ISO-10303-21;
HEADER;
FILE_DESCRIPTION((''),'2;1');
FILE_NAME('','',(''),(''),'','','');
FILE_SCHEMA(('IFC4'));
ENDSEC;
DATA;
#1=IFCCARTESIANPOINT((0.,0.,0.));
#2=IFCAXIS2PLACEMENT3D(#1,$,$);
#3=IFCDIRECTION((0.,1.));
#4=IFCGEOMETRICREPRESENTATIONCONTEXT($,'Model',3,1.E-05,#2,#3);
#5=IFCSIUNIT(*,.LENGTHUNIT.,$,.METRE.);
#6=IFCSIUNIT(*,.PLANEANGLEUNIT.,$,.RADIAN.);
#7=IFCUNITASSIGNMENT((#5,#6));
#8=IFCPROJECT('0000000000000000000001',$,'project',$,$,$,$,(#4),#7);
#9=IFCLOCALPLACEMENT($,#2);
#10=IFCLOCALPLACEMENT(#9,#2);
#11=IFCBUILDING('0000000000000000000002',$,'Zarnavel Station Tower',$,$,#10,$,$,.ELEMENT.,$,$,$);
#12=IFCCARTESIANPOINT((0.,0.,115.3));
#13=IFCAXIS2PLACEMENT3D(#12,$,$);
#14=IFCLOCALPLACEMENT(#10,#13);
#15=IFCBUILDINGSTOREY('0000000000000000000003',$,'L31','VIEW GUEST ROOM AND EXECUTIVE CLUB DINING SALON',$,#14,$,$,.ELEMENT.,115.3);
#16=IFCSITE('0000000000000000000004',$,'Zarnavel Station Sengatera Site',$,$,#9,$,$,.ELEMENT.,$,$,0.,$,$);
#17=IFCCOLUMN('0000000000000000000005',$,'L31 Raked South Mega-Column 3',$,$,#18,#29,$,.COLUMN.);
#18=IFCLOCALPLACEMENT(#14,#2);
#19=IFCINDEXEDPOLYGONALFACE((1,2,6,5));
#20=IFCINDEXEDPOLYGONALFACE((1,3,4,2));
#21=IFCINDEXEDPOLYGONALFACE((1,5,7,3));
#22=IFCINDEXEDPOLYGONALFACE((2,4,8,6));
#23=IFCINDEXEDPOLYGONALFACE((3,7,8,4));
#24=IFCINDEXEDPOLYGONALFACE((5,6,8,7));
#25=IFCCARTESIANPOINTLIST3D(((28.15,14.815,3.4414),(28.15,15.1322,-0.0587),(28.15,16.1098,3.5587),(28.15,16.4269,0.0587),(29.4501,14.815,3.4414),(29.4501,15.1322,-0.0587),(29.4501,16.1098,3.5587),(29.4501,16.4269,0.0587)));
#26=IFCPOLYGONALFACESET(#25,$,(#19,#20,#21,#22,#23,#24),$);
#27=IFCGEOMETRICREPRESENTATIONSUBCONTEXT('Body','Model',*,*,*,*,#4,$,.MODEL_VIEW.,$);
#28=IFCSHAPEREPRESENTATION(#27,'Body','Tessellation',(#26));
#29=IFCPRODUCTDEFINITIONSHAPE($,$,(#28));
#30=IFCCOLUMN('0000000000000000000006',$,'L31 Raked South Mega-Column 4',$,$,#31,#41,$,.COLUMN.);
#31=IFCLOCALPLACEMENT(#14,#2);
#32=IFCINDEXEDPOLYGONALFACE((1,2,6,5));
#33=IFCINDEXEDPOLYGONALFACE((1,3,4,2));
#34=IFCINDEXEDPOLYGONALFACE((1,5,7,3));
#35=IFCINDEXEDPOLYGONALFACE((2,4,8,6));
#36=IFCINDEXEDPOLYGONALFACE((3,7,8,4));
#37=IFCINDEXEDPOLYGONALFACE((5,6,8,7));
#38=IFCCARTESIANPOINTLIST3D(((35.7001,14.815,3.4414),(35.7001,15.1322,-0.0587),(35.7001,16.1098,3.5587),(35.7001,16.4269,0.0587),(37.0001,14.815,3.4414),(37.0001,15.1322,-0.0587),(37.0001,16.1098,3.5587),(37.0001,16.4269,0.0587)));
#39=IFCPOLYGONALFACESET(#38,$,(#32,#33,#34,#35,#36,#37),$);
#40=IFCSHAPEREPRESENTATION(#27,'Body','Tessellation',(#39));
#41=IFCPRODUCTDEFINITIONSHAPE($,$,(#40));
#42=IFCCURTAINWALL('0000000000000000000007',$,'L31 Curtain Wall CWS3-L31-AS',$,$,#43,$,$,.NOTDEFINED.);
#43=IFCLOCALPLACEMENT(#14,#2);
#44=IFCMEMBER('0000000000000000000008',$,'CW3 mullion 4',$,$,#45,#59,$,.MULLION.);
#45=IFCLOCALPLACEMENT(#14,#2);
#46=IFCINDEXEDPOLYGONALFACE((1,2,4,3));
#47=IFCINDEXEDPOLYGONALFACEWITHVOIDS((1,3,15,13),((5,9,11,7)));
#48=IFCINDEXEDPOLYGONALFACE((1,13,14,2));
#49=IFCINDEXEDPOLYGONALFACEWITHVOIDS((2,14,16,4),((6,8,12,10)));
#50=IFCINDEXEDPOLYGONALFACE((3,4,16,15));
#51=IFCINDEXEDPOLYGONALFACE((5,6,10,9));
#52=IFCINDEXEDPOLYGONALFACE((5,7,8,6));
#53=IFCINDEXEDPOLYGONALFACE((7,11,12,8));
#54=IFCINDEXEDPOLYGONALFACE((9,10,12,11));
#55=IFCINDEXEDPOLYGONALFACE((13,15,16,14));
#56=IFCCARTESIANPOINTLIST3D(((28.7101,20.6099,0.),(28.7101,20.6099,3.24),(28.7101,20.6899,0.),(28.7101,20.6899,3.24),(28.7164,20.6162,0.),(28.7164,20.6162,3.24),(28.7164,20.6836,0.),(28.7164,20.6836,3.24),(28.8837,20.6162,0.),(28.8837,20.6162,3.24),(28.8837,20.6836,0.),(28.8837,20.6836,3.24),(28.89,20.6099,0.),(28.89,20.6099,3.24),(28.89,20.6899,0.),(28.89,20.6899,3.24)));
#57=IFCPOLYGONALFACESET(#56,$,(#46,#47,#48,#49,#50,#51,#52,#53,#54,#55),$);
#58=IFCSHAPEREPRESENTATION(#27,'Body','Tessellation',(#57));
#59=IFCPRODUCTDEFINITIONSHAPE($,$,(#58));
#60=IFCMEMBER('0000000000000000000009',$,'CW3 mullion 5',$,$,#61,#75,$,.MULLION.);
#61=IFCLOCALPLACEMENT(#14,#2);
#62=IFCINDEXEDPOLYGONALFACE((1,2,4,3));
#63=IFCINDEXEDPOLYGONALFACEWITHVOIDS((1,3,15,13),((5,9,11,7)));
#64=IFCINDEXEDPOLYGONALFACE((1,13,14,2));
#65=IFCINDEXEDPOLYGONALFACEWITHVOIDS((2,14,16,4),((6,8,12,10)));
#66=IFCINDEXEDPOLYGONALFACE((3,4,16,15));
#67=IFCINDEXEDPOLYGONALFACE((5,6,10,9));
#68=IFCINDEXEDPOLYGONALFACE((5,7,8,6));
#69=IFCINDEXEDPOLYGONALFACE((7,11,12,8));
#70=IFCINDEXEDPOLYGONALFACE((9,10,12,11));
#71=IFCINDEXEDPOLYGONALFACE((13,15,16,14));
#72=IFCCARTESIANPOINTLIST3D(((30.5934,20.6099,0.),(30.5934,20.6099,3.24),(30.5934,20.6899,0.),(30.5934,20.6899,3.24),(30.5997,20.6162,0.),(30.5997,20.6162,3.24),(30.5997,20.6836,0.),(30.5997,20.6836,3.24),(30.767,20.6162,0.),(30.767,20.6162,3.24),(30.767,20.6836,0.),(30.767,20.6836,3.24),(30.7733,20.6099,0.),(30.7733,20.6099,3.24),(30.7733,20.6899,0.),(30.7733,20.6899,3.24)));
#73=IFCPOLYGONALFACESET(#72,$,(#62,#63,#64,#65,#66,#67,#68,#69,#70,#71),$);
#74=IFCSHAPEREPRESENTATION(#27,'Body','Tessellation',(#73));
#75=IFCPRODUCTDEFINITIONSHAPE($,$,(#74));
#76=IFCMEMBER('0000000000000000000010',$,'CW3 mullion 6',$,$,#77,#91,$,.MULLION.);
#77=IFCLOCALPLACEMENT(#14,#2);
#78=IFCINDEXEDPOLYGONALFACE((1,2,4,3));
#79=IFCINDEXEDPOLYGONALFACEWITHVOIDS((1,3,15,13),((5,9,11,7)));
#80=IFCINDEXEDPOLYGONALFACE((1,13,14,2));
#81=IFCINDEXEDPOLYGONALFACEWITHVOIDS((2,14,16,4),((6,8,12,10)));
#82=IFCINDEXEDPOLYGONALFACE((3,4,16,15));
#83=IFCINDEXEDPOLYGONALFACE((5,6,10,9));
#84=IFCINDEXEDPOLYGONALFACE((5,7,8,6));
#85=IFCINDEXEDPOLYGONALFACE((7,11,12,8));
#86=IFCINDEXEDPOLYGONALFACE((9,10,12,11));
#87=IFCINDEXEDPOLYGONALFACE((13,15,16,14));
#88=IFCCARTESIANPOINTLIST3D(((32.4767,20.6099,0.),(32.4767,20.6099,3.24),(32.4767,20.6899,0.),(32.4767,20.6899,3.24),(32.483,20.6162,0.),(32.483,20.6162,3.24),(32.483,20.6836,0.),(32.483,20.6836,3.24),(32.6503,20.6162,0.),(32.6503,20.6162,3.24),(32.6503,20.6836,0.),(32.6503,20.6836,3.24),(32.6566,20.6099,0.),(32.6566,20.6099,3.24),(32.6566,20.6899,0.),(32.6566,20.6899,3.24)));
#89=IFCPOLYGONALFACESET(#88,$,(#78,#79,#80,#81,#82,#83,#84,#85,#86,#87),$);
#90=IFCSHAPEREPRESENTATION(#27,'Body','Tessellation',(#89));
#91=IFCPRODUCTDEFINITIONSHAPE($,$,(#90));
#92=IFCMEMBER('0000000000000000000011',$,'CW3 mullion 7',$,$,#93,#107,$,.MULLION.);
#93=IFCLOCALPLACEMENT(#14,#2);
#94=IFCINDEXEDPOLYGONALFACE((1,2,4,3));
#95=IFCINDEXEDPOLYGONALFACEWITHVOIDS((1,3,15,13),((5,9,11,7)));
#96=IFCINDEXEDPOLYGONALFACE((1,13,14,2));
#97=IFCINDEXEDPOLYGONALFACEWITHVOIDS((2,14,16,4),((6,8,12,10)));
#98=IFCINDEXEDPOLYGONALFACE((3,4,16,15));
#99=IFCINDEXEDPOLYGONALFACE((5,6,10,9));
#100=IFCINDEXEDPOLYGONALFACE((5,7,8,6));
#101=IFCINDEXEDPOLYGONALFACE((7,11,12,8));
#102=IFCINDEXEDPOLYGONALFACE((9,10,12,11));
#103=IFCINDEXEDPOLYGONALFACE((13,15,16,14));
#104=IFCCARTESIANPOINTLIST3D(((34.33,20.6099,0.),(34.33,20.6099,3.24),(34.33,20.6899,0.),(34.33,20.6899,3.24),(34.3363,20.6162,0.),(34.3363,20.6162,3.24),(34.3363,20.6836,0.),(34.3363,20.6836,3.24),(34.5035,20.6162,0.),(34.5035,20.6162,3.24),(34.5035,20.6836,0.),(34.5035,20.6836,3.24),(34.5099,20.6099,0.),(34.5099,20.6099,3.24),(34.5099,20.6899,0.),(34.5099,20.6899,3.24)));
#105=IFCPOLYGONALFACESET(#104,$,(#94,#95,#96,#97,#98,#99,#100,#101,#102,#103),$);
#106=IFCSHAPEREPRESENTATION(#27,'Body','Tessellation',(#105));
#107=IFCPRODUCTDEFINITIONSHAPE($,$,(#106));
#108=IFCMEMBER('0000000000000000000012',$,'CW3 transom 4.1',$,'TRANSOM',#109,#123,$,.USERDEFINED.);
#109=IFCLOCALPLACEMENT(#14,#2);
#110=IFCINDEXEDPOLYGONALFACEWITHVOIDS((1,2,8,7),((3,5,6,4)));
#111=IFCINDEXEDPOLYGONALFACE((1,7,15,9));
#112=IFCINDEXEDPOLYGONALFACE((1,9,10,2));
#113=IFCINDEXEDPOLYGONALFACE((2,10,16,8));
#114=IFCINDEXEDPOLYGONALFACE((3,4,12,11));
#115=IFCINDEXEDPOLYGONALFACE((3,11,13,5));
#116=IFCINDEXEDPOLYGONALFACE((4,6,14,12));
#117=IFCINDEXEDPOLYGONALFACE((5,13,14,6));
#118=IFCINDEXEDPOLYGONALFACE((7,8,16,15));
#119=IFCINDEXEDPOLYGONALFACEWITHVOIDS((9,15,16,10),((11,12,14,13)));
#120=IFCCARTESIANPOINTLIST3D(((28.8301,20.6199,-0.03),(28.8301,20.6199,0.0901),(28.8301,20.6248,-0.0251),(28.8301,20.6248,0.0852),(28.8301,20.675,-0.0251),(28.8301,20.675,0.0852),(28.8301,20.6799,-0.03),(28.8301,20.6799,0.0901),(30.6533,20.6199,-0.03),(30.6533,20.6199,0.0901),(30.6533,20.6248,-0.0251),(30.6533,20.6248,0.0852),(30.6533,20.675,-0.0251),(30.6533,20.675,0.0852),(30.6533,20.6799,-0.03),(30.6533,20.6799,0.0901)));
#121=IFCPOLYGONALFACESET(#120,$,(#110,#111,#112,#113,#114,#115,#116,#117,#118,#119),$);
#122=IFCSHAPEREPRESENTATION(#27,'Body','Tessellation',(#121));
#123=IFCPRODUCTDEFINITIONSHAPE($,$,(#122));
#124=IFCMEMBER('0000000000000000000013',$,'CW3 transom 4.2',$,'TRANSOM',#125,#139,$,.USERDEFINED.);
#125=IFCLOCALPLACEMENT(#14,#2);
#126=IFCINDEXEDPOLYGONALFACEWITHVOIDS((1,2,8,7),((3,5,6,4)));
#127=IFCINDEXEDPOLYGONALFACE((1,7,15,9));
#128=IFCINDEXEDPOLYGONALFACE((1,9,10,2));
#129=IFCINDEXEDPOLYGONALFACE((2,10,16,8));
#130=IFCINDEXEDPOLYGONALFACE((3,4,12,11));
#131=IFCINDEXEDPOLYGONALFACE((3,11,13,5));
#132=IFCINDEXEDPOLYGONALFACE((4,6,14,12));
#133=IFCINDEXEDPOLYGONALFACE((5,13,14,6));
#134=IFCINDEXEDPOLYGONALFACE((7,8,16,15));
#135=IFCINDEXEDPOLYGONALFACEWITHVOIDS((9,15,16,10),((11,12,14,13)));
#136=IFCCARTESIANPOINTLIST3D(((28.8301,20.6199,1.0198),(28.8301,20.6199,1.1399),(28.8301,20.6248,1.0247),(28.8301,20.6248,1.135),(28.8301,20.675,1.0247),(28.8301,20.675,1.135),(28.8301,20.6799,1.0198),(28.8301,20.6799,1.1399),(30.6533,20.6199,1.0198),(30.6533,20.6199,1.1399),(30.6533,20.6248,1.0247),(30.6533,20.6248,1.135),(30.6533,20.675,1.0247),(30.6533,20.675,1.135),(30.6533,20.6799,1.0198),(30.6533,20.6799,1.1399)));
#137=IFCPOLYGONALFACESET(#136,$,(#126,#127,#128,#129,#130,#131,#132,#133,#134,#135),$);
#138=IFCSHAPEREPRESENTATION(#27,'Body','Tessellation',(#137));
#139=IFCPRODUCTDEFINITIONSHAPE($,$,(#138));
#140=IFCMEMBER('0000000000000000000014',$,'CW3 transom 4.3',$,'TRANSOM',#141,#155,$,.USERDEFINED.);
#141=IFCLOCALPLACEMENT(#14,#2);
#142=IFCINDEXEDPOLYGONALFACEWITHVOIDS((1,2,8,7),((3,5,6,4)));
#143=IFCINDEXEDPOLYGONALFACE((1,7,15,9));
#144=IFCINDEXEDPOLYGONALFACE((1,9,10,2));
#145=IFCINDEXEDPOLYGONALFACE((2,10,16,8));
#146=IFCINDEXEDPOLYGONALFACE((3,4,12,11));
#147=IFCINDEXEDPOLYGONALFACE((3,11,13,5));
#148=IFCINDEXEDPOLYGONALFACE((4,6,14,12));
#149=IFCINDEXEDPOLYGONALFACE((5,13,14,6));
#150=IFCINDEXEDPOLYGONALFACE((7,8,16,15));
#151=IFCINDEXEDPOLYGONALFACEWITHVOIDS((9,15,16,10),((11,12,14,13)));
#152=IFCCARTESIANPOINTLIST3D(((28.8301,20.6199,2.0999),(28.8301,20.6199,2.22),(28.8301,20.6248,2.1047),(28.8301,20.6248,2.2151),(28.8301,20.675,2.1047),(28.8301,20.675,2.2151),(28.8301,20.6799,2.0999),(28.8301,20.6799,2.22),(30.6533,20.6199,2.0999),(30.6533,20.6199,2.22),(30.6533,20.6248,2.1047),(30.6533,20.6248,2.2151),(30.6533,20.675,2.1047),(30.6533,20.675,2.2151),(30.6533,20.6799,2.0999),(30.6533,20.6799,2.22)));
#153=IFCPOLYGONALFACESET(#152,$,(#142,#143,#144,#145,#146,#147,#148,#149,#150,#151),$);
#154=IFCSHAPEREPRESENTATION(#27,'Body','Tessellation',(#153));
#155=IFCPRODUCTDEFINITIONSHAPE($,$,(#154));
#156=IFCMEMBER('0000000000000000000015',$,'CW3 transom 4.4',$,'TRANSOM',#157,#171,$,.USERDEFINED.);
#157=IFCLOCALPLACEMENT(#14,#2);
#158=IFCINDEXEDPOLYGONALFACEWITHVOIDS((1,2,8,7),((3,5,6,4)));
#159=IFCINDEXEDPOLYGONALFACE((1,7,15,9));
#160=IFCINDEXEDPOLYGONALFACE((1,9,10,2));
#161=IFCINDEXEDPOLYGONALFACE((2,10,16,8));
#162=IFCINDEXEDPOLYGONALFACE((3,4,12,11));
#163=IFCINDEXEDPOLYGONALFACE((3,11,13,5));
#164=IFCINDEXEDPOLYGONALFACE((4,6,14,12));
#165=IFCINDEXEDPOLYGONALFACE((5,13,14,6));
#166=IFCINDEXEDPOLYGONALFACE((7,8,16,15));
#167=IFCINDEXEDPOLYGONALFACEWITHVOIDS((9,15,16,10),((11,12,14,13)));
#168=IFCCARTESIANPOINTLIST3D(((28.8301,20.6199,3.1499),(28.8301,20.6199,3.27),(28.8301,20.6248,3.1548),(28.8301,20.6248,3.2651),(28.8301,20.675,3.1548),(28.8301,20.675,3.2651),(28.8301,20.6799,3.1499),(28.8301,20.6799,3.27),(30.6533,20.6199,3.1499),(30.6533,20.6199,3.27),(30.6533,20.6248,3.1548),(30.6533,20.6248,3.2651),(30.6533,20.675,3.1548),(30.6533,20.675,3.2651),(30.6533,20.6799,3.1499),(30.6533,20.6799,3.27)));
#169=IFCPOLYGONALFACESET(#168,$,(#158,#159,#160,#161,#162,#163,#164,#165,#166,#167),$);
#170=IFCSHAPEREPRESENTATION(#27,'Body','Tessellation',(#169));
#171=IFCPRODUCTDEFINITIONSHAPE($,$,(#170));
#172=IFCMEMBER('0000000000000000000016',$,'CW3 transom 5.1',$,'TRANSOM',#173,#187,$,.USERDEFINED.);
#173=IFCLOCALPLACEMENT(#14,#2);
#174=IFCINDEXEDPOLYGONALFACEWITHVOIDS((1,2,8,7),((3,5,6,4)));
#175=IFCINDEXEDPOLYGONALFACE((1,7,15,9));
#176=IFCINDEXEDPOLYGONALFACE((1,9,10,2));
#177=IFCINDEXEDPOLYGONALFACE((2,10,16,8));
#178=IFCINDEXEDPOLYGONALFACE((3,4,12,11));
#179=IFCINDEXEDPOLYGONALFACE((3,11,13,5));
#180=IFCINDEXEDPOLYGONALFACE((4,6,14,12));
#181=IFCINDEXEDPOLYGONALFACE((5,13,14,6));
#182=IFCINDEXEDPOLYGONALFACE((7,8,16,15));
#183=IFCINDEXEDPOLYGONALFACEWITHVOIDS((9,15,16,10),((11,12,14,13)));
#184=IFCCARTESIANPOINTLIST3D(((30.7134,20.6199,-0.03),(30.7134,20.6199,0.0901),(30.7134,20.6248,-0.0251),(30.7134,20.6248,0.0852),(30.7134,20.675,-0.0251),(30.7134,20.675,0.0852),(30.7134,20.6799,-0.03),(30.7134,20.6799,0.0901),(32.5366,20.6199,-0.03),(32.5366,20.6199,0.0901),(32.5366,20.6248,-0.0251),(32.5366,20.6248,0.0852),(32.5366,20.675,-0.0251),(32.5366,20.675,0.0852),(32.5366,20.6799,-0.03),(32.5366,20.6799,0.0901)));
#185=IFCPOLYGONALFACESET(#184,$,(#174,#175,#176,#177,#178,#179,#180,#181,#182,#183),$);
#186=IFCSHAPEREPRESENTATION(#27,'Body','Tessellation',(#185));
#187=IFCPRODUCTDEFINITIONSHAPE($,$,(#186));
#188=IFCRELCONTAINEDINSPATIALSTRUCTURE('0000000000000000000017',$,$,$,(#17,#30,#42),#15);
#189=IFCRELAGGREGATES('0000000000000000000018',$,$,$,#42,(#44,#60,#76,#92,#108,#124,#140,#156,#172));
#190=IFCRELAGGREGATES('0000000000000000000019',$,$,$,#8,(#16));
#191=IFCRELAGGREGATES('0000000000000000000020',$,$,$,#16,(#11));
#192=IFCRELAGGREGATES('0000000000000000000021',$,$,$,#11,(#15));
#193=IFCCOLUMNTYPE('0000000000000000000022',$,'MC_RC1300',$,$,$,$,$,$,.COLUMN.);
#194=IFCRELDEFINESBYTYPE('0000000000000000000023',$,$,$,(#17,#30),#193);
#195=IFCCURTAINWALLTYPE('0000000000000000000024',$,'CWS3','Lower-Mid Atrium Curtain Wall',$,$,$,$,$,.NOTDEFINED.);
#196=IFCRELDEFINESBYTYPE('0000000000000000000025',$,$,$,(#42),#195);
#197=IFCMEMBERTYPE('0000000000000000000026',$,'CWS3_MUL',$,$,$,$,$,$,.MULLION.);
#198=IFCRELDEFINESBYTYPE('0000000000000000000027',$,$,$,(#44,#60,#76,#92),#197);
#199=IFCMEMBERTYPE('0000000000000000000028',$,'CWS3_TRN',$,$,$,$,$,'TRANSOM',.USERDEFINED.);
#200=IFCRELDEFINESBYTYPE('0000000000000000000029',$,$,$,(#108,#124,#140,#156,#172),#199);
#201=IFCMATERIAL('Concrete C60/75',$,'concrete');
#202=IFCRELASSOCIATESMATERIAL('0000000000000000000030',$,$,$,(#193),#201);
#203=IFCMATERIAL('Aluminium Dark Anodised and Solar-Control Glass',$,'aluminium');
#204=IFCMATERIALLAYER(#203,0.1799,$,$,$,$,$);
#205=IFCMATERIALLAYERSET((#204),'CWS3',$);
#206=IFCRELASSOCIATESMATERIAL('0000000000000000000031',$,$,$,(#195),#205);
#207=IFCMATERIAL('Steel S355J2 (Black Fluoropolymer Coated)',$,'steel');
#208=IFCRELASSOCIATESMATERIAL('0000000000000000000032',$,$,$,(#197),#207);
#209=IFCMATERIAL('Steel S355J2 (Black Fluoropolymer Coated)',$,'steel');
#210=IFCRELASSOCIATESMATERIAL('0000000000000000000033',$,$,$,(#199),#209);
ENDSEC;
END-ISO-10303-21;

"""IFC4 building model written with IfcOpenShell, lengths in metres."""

from ifc_helpers import new_model, si_unit, direction, frame, origin, origin_2d, place, context, subcontext, project, spatial, rectangle, hollow_rectangle, extrude, material, layer, layer_set, material_profile, profile_set, type_object, element, aggregate, save


model = new_model("IFC4")

# Units and contexts
model_context = context("Model", 3, precision=1e-05, world=origin(), true_north=direction((0.0, 1.0)))
body_context = subcontext(model_context, "Body", "Model", "MODEL_VIEW")
ifc_project = project(units=[si_unit("LENGTHUNIT", "METRE"), si_unit("PLANEANGLEUNIT", "RADIAN")], contexts=[model_context])

# Site, building, storey
site_placement = place(None, origin())
site = spatial("IfcSite", under=ifc_project, at=site_placement, Name="Zarnavel Station Sengatera Site", CompositionType="ELEMENT", RefElevation=0.0)
building_placement = place(site_placement, origin())
building = spatial("IfcBuilding", under=site, at=building_placement, Name="Zarnavel Station Tower", CompositionType="ELEMENT")
storey_placement = place(building_placement, frame((0.0, 0.0, 115.3)))
storey = spatial("IfcBuildingStorey", under=building, at=storey_placement, Name="L31", Description="VIEW GUEST ROOM AND EXECUTIVE CLUB DINING SALON", CompositionType="ELEMENT", Elevation=115.3)

# Columns
ifc_material_1 = material(Name="Concrete C60/75", Category="concrete")
ifc_material_profile_1 = material_profile(ifc_material_1, rectangle(XDim=1.3, YDim=1.3, at=origin_2d()), Name="RC1300x1300")
ifc_profile_set_1 = profile_set([ifc_material_profile_1], Name="Concrete C60/75")
column_type = type_object("IfcColumnType", Name="MC_RC1300", PredefinedType="COLUMN", material=ifc_profile_set_1)
for number, where, z_axis, x_axis, name in (
    (1, (28.8, 15.7795, 0.0), (0.0, -0.090241, 0.99592), (1.0, 0.0, 0.0), "L31 Raked South Mega-Column 3"),
    (2, (36.3501, 15.7795, 0.0), (0.0, -0.090241, 0.99592), (1.0, 0.0, 0.0), "L31 Raked South Mega-Column 4"),
):
    element("IfcColumn", number, at=place(storey_placement, frame(where, z_axis=z_axis, x_axis=x_axis)), inside=storey, type_object=column_type, Name=name, PredefinedType="COLUMN", context=body_context, shape_type="SweptSolid", body=[
        extrude(rectangle(XDim=1.3, YDim=1.3, at=origin_2d()), origin(), (0.0, 0.0, 1.0), 3.5144),
    ])

# Curtain wall, members
ifc_material_2 = material(Name="Aluminium Dark Anodised and Solar-Control Glass", Category="aluminium")
ifc_layer_1 = layer(ifc_material_2, 0.1799)
ifc_layer_set_1 = layer_set([ifc_layer_1], Name="CWS3")
curtain_wall_type = type_object("IfcCurtainWallType", Name="CWS3", Description="Lower-Mid Atrium Curtain Wall", PredefinedType="NOTDEFINED", material=ifc_layer_set_1)
curtain_wall_placement = place(storey_placement, origin())
curtain_wall = element("IfcCurtainWall", 3, at=curtain_wall_placement, inside=storey, type_object=curtain_wall_type, Name="L31 Curtain Wall CWS3-L31-AS", PredefinedType="NOTDEFINED")
ifc_material_3 = material(Name="Steel S355J2 (Black Fluoropolymer Coated)", Category="steel")
ifc_material_profile_2 = material_profile(ifc_material_3, hollow_rectangle(XDim=0.0801, YDim=0.1799, WallThickness=0.0063, at=origin_2d()), Name="RHS180x80x6.3")
ifc_profile_set_2 = profile_set([ifc_material_profile_2], Name="Steel S355J2 (Black Fluoropolymer Coated)")
member_type_1 = type_object("IfcMemberType", Name="CWS3_MUL", PredefinedType="MULLION", material=ifc_profile_set_2)
member_1_placement = place(storey_placement, frame((28.8, 20.6499, 0.0), z_axis=(0.0, 0.0, 1.0), x_axis=(0.0, 1.0, 0.0)))
member_1 = element("IfcMember", 4, at=member_1_placement, type_object=member_type_1, Name="CW3 mullion 4", PredefinedType="MULLION", context=body_context, shape_type="SweptSolid", body=[
    extrude(hollow_rectangle(XDim=0.0801, YDim=0.1799, WallThickness=0.0063, at=origin_2d()), origin(), (0.0, 0.0, 1.0), 3.24),
])
member_2_placement = place(storey_placement, frame((30.6833, 20.6499, 0.0), z_axis=(0.0, 0.0, 1.0), x_axis=(0.0, 1.0, 0.0)))
member_2 = element("IfcMember", 5, at=member_2_placement, type_object=member_type_1, Name="CW3 mullion 5", PredefinedType="MULLION", context=body_context, shape_type="SweptSolid", body=[
    extrude(hollow_rectangle(XDim=0.0801, YDim=0.1799, WallThickness=0.0063, at=origin_2d()), origin(), (0.0, 0.0, 1.0), 3.24),
])
member_3_placement = place(storey_placement, frame((32.5667, 20.6499, 0.0), z_axis=(0.0, 0.0, 1.0), x_axis=(0.0, 1.0, 0.0)))
member_3 = element("IfcMember", 6, at=member_3_placement, type_object=member_type_1, Name="CW3 mullion 6", PredefinedType="MULLION", context=body_context, shape_type="SweptSolid", body=[
    extrude(hollow_rectangle(XDim=0.0801, YDim=0.1799, WallThickness=0.0063, at=origin_2d()), origin(), (0.0, 0.0, 1.0), 3.24),
])
member_4_placement = place(storey_placement, frame((34.4199, 20.6499, 0.0), z_axis=(0.0, 0.0, 1.0), x_axis=(0.0, 1.0, 0.0)))
member_4 = element("IfcMember", 7, at=member_4_placement, type_object=member_type_1, Name="CW3 mullion 7", PredefinedType="MULLION", context=body_context, shape_type="SweptSolid", body=[
    extrude(hollow_rectangle(XDim=0.0801, YDim=0.1799, WallThickness=0.0063, at=origin_2d()), origin(), (0.0, 0.0, 1.0), 3.24),
])
ifc_material_4 = material(Name="Steel S355J2 (Black Fluoropolymer Coated)", Category="steel")
ifc_material_profile_3 = material_profile(ifc_material_4, hollow_rectangle(XDim=0.0601, YDim=0.1201, WallThickness=0.0049, at=origin_2d()), Name="RHS120x60x5")
ifc_profile_set_3 = profile_set([ifc_material_profile_3], Name="Steel S355J2 (Black Fluoropolymer Coated)")
member_type_2 = type_object("IfcMemberType", Name="CWS3_TRN", ElementType="TRANSOM", PredefinedType="USERDEFINED", material=ifc_profile_set_3)
member_5_placement = place(storey_placement, frame((28.8301, 20.6499, 0.03), z_axis=(1.0, 0.0, 0.0), x_axis=(0.0, 1.0, 0.0)))
member_5 = element("IfcMember", 8, at=member_5_placement, type_object=member_type_2, Name="CW3 transom 4.1", ObjectType="TRANSOM", PredefinedType="USERDEFINED", context=body_context, shape_type="SweptSolid", body=[
    extrude(hollow_rectangle(XDim=0.0601, YDim=0.1201, WallThickness=0.0049, at=origin_2d()), origin(), (0.0, 0.0, 1.0), 1.8232),
])
member_6_placement = place(storey_placement, frame((28.8301, 20.6499, 1.0798), z_axis=(1.0, 0.0, 0.0), x_axis=(0.0, 1.0, 0.0)))
member_6 = element("IfcMember", 9, at=member_6_placement, type_object=member_type_2, Name="CW3 transom 4.2", ObjectType="TRANSOM", PredefinedType="USERDEFINED", context=body_context, shape_type="SweptSolid", body=[
    extrude(hollow_rectangle(XDim=0.0601, YDim=0.1201, WallThickness=0.0049, at=origin_2d()), origin(), (0.0, 0.0, 1.0), 1.8232),
])
member_7_placement = place(storey_placement, frame((28.8301, 20.6499, 2.1599), z_axis=(1.0, 0.0, 0.0), x_axis=(0.0, 1.0, 0.0)))
member_7 = element("IfcMember", 10, at=member_7_placement, type_object=member_type_2, Name="CW3 transom 4.3", ObjectType="TRANSOM", PredefinedType="USERDEFINED", context=body_context, shape_type="SweptSolid", body=[
    extrude(hollow_rectangle(XDim=0.0601, YDim=0.1201, WallThickness=0.0049, at=origin_2d()), origin(), (0.0, 0.0, 1.0), 1.8232),
])
member_8_placement = place(storey_placement, frame((28.8301, 20.6499, 3.21), z_axis=(1.0, 0.0, 0.0), x_axis=(0.0, 1.0, 0.0)))
member_8 = element("IfcMember", 11, at=member_8_placement, type_object=member_type_2, Name="CW3 transom 4.4", ObjectType="TRANSOM", PredefinedType="USERDEFINED", context=body_context, shape_type="SweptSolid", body=[
    extrude(hollow_rectangle(XDim=0.0601, YDim=0.1201, WallThickness=0.0049, at=origin_2d()), origin(), (0.0, 0.0, 1.0), 1.8232),
])
member_9_placement = place(storey_placement, frame((30.7134, 20.6499, 0.03), z_axis=(1.0, 0.0, 0.0), x_axis=(0.0, 1.0, 0.0)))
member_9 = element("IfcMember", 12, at=member_9_placement, type_object=member_type_2, Name="CW3 transom 5.1", ObjectType="TRANSOM", PredefinedType="USERDEFINED", context=body_context, shape_type="SweptSolid", body=[
    extrude(hollow_rectangle(XDim=0.0601, YDim=0.1201, WallThickness=0.0049, at=origin_2d()), origin(), (0.0, 0.0, 1.0), 1.8232),
])

aggregate(curtain_wall, [member_1, member_2, member_3, member_4, member_5, member_6, member_7, member_8, member_9])

save(model, "model.ifc")
